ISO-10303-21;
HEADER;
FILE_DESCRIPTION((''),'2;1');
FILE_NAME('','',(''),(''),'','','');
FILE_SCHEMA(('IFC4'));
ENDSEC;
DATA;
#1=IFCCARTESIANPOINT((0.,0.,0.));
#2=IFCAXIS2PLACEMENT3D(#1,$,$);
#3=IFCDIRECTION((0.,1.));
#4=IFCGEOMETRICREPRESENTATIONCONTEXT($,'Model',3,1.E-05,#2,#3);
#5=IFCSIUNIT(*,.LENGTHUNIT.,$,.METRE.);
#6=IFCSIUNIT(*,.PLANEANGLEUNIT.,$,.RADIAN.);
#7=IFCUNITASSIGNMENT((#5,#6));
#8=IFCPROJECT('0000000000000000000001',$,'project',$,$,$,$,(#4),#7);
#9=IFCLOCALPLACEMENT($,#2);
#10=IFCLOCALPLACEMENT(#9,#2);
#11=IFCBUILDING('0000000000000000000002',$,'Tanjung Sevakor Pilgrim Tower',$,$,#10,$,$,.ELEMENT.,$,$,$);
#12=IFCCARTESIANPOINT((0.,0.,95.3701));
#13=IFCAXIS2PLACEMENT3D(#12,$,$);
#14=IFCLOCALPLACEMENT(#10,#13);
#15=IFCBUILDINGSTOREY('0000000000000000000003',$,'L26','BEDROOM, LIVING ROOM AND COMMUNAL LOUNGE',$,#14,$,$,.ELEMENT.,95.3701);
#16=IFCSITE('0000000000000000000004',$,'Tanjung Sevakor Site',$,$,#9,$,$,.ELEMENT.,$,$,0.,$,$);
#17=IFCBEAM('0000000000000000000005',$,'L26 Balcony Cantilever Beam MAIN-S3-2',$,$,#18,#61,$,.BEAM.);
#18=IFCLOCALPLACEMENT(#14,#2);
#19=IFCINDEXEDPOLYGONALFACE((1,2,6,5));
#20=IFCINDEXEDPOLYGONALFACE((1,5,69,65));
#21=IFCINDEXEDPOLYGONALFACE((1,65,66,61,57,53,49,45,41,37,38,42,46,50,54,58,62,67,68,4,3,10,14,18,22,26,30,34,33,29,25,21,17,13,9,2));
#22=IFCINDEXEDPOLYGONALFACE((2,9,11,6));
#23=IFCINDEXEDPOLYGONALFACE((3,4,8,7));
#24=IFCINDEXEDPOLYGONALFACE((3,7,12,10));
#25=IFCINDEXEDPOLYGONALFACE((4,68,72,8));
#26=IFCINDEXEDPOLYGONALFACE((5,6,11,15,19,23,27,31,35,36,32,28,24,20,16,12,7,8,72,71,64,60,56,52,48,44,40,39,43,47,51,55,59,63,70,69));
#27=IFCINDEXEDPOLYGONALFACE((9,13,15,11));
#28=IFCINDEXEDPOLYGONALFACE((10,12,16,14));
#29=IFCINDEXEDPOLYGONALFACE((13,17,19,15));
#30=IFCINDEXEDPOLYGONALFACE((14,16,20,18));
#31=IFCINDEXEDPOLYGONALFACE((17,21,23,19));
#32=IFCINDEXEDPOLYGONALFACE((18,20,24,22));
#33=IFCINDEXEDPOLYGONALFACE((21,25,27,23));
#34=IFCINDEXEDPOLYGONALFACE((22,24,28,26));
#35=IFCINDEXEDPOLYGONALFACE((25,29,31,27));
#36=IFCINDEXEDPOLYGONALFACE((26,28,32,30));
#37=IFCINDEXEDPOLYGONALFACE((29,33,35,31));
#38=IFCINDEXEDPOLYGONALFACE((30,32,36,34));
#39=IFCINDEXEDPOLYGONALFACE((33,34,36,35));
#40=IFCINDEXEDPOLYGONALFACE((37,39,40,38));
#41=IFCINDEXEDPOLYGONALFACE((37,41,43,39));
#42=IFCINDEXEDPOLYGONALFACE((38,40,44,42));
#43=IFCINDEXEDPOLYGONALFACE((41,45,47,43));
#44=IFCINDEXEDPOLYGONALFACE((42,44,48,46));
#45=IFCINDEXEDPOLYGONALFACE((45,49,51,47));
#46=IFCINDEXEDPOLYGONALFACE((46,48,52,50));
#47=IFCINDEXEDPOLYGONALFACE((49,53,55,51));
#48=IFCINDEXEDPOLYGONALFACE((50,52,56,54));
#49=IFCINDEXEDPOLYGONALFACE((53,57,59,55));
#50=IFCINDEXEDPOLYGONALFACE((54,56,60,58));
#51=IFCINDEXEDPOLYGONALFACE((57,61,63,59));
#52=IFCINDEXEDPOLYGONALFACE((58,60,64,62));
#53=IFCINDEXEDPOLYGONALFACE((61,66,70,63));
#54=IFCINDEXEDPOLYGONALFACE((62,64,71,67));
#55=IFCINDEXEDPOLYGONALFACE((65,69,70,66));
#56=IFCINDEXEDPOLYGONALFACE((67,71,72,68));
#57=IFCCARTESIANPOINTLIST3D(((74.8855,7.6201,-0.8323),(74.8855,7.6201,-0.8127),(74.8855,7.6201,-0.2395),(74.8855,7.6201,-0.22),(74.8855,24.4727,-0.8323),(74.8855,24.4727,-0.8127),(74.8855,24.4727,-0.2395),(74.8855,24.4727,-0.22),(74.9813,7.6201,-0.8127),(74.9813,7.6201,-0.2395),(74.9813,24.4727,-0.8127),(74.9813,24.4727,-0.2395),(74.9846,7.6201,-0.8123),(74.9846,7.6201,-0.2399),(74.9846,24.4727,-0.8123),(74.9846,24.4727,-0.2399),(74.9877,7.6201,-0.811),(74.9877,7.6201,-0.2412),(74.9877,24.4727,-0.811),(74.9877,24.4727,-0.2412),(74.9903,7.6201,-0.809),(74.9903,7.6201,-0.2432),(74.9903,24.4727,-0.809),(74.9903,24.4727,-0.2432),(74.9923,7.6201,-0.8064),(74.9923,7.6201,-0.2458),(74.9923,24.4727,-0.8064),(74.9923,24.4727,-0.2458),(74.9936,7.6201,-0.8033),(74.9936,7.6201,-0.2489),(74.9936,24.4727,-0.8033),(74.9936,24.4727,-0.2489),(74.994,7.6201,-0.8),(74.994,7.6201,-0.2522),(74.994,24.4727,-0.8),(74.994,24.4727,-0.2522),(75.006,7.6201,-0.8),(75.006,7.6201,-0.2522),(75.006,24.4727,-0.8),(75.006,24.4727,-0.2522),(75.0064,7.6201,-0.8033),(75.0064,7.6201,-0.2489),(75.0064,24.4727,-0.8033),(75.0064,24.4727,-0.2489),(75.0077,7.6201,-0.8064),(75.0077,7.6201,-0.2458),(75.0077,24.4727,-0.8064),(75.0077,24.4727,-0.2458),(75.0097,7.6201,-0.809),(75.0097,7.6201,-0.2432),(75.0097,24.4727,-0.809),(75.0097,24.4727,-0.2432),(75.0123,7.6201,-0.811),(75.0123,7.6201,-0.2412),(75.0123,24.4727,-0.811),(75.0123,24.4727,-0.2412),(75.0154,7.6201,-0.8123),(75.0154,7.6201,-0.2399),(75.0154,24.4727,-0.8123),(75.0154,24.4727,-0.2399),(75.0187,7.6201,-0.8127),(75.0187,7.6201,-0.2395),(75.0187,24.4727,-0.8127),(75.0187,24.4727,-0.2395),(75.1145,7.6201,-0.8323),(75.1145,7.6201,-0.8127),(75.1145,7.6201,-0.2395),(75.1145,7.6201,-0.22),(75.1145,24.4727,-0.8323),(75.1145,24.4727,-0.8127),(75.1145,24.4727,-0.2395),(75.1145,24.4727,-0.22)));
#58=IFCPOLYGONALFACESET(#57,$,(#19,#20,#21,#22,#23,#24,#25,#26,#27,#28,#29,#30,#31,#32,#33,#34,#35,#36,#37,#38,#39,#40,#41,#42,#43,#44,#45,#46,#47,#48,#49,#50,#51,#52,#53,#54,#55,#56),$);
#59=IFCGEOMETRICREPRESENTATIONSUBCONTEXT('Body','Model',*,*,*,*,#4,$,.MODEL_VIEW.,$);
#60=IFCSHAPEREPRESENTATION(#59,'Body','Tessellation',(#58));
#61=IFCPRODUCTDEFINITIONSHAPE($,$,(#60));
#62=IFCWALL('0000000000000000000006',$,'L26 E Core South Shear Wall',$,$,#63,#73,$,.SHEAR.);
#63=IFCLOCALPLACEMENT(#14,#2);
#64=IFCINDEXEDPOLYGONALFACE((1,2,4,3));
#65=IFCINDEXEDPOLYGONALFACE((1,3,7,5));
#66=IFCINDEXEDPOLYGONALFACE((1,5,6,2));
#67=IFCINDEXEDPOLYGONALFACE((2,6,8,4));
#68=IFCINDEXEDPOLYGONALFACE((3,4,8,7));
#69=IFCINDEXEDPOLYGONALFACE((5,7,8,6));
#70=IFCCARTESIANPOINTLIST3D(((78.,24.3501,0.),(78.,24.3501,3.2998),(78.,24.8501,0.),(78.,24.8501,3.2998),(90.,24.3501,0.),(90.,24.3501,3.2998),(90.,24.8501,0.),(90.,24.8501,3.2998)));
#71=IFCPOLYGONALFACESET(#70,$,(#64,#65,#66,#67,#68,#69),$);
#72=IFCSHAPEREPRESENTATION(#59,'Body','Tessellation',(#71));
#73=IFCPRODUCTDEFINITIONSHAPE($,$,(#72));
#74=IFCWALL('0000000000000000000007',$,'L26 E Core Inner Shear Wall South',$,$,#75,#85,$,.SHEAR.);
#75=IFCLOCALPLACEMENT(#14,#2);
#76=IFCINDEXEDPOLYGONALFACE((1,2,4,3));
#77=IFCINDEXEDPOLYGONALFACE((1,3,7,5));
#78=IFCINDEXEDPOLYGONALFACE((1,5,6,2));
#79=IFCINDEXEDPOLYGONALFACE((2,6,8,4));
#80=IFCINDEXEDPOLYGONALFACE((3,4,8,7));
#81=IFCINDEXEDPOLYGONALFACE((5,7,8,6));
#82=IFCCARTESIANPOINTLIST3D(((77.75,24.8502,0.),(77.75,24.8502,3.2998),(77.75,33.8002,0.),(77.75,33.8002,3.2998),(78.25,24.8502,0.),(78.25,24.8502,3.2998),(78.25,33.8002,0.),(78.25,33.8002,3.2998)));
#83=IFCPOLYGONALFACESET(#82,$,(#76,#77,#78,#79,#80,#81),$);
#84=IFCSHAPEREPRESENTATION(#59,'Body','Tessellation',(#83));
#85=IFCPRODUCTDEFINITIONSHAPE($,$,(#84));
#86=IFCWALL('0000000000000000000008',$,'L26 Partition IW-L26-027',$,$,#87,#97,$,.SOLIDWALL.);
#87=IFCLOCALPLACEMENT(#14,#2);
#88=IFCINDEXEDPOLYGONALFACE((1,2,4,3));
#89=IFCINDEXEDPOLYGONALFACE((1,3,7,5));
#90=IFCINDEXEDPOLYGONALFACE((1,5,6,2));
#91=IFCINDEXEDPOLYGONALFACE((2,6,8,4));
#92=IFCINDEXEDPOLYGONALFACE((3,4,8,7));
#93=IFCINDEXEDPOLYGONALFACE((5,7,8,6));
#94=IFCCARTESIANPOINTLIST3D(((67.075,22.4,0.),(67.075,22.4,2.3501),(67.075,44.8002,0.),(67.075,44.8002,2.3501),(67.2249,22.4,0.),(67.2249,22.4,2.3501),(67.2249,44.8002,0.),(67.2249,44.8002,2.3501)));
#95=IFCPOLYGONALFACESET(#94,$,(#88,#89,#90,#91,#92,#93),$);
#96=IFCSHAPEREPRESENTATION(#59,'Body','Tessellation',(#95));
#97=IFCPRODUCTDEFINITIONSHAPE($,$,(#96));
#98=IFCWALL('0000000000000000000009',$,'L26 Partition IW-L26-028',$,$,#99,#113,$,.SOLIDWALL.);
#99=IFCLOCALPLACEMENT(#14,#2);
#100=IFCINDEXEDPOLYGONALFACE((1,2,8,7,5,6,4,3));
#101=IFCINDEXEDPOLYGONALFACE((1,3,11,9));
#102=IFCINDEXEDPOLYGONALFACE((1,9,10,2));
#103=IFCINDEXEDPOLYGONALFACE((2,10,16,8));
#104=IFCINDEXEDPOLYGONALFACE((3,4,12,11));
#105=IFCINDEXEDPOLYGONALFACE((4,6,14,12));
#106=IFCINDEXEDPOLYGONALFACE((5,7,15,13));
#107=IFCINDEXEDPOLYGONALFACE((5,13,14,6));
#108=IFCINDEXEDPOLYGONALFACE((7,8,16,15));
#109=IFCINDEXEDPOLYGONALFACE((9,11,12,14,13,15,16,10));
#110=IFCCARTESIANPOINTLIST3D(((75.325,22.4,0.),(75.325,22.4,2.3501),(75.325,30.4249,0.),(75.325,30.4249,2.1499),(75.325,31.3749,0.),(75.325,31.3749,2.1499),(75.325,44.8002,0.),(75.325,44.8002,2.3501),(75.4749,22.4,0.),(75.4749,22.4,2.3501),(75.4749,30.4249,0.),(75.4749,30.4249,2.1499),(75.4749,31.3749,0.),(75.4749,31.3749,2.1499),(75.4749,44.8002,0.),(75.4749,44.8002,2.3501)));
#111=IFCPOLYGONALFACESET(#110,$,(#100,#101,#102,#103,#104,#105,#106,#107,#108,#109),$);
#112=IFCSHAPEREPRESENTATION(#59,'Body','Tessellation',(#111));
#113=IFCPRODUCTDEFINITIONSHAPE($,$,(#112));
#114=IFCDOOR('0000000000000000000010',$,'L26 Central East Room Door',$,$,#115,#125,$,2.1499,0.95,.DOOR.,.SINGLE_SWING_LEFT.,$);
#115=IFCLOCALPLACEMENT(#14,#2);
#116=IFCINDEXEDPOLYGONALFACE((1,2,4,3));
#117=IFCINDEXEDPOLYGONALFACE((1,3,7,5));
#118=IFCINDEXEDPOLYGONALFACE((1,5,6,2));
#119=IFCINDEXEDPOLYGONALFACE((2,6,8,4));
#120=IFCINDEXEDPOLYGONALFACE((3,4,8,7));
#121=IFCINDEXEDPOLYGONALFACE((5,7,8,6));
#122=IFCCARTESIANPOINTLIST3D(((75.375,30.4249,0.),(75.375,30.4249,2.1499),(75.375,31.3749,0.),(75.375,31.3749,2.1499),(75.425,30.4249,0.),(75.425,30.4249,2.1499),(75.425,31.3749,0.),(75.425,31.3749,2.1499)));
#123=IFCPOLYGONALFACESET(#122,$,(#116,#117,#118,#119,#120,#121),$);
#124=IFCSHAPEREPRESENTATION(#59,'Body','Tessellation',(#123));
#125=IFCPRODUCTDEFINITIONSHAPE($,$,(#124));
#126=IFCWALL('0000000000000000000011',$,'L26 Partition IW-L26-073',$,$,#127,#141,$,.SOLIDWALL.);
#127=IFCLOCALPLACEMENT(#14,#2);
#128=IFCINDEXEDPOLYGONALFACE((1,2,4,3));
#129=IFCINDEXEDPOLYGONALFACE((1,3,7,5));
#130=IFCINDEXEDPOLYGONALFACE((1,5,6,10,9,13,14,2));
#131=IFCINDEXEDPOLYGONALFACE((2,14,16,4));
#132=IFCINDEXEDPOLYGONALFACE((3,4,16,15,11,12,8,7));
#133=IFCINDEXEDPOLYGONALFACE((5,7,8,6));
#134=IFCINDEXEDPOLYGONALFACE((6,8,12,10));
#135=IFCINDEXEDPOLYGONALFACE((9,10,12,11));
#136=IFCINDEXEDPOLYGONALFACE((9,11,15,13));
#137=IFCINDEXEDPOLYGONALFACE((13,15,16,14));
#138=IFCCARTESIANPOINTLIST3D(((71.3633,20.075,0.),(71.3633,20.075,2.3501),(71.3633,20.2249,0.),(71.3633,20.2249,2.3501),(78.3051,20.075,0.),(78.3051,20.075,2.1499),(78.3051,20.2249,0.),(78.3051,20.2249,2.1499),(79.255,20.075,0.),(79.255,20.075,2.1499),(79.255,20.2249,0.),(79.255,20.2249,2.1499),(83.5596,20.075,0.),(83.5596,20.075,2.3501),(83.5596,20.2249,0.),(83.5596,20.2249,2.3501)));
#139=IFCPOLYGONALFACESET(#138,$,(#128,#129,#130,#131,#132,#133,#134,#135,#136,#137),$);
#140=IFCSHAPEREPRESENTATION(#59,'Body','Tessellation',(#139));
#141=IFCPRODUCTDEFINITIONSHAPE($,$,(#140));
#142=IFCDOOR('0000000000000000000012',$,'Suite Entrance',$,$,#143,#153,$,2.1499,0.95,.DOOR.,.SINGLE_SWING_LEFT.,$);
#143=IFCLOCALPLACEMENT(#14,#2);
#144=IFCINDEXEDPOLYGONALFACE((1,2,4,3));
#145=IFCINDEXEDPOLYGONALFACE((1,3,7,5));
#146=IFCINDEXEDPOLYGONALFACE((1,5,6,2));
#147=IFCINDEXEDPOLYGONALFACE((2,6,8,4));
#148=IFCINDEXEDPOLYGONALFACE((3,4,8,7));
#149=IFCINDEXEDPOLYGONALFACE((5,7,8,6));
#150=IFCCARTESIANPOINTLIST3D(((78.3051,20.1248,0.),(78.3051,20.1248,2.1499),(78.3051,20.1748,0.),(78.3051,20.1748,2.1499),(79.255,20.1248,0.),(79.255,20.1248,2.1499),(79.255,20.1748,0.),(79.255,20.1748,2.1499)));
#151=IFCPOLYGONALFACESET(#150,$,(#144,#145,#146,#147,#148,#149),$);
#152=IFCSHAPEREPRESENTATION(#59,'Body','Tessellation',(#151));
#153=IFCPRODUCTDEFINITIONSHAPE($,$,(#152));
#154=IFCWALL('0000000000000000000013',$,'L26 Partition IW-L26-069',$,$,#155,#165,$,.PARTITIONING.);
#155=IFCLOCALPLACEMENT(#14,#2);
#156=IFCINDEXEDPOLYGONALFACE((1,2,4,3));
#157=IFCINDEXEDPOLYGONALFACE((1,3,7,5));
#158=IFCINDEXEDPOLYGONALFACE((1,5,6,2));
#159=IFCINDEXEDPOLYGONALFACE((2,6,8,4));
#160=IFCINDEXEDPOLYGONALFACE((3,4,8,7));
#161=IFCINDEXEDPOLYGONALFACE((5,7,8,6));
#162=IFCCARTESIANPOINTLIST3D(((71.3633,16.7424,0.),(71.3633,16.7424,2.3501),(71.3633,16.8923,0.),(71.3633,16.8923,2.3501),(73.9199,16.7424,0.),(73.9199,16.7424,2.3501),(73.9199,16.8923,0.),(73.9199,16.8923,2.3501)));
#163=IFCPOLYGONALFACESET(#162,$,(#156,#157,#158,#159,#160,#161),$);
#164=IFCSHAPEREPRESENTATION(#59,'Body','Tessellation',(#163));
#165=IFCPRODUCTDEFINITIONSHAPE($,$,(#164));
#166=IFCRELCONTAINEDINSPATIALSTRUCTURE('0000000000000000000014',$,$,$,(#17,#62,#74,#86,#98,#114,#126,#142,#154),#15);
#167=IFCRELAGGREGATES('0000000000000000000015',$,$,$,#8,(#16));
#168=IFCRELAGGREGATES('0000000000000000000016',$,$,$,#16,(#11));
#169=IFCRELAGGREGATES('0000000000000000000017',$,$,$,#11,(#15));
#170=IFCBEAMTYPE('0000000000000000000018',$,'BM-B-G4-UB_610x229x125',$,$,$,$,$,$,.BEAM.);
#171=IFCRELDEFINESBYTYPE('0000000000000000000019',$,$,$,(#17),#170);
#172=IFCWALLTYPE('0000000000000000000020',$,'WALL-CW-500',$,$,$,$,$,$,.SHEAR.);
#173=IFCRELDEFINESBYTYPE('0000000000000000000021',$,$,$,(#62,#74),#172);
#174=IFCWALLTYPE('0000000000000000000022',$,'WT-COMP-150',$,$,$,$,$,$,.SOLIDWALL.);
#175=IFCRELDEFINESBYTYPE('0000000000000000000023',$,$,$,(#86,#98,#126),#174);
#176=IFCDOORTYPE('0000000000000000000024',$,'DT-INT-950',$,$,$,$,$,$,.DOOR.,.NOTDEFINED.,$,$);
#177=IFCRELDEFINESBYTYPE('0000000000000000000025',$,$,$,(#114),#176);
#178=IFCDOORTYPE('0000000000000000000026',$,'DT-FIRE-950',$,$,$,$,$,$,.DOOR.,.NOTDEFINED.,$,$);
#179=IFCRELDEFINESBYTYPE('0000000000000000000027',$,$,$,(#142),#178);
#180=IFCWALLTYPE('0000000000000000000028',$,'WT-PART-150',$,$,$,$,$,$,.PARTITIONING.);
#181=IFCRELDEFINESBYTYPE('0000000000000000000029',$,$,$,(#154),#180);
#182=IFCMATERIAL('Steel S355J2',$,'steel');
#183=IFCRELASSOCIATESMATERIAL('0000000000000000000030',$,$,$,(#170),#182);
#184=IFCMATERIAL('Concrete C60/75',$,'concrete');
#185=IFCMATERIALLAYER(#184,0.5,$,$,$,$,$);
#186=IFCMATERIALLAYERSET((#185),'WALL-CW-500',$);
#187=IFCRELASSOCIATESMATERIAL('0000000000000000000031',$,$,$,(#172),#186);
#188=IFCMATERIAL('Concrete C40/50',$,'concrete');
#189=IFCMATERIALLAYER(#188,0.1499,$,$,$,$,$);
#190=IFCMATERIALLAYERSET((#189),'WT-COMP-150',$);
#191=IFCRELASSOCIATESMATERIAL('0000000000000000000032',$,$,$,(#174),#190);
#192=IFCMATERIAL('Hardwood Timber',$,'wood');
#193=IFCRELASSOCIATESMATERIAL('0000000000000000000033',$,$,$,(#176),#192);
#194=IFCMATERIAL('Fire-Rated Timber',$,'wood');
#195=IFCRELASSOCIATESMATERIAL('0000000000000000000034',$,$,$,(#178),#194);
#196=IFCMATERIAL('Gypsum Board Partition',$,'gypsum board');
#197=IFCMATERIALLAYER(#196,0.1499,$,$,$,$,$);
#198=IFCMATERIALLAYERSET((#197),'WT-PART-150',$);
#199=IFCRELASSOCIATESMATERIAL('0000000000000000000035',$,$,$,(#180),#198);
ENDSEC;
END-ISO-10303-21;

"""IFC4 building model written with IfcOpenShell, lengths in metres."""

from ifc_helpers import new_model, si_unit, direction, frame, frame_2d, origin, origin_2d, place, context, subcontext, project, spatial, rectangle, i_section, extrude, material, layer, layer_set, material_profile, profile_set, type_object, element, fill, save


model = new_model("IFC4")

# Units and contexts
model_context = context("Model", 3, precision=1e-05, world=origin(), true_north=direction((0.0, 1.0)))
body_context = subcontext(model_context, "Body", "Model", "MODEL_VIEW")
ifc_project = project(units=[si_unit("LENGTHUNIT", "METRE"), si_unit("PLANEANGLEUNIT", "RADIAN")], contexts=[model_context])

# Site, building, storey
site_placement = place(None, origin())
site = spatial("IfcSite", under=ifc_project, at=site_placement, Name="Tanjung Sevakor Site", CompositionType="ELEMENT", RefElevation=0.0)
building_placement = place(site_placement, origin())
building = spatial("IfcBuilding", under=site, at=building_placement, Name="Tanjung Sevakor Pilgrim Tower", CompositionType="ELEMENT")
storey_placement = place(building_placement, frame((0.0, 0.0, 95.3701)))
storey = spatial("IfcBuildingStorey", under=building, at=storey_placement, Name="L26", Description="BEDROOM, LIVING ROOM AND COMMUNAL LOUNGE", CompositionType="ELEMENT", Elevation=95.3701)

# Beam
ifc_material_1 = material(Name="Steel S355J2", Category="steel")
ifc_material_profile_1 = material_profile(ifc_material_1, i_section(OverallWidth=0.229, OverallDepth=0.6123, WebThickness=0.012, FlangeThickness=0.0195, FilletRadius=0.0127, at=origin_2d()))
ifc_profile_set_1 = profile_set([ifc_material_profile_1], Name="Steel S355J2")
beam_type_1 = type_object("IfcBeamType", Name="BM-B-G4-UB_610x229x125", PredefinedType="BEAM", material=ifc_profile_set_1)
beam_1_placement = place(storey_placement, frame((75.0, 24.4727, -0.5261), z_axis=(0.0, -1.0, 0.0), x_axis=(1.0, 0.0, 0.0)))
element("IfcBeam", 1, at=beam_1_placement, inside=storey, type_object=beam_type_1, Name="L26 Balcony Cantilever Beam MAIN-S3-2", PredefinedType="BEAM", context=body_context, shape_type="SweptSolid", body=[
    extrude(i_section(OverallWidth=0.229, OverallDepth=0.6123, WebThickness=0.012, FlangeThickness=0.0195, FilletRadius=0.0127, at=origin_2d()), origin(), (0.0, 0.0, 1.0), 16.8525),
])

# Walls
ifc_material_2 = material(Name="Concrete C60/75", Category="concrete")
ifc_layer_1 = layer(ifc_material_2, 0.5)
ifc_layer_set_1 = layer_set([ifc_layer_1], Name="WALL-CW-500")
wall_type_1 = type_object("IfcWallType", Name="WALL-CW-500", PredefinedType="SHEAR", material=ifc_layer_set_1)
wall_1_placement = place(storey_placement, frame((78.0, 24.6001, 0.0), z_axis=(0.0, 0.0, 1.0), x_axis=(1.0, 0.0, 0.0)))
element("IfcWall", 2, at=wall_1_placement, inside=storey, type_object=wall_type_1, Name="L26 E Core South Shear Wall", PredefinedType="SHEAR", context=body_context, shape_type="SweptSolid", body=[
    extrude(rectangle(XDim=12.0, YDim=0.5, at=frame_2d((6.0, 0.0))), origin(), (0.0, 0.0, 1.0), 3.2998),
])
wall_2_placement = place(storey_placement, frame((78.0, 24.8501, 0.0), z_axis=(0.0, 0.0, 1.0), x_axis=(0.0, 1.0, 0.0)))
element("IfcWall", 3, at=wall_2_placement, inside=storey, type_object=wall_type_1, Name="L26 E Core Inner Shear Wall South", PredefinedType="SHEAR", context=body_context, shape_type="SweptSolid", body=[
    extrude(rectangle(XDim=8.95, YDim=0.5, at=frame_2d((4.4751, 0.0))), origin(), (0.0, 0.0, 1.0), 3.2998),
])
ifc_material_3 = material(Name="Concrete C40/50", Category="concrete")
ifc_layer_2 = layer(ifc_material_3, 0.1499)
ifc_layer_set_2 = layer_set([ifc_layer_2], Name="WT-COMP-150")
wall_type_2 = type_object("IfcWallType", Name="WT-COMP-150", PredefinedType="SOLIDWALL", material=ifc_layer_set_2)
wall_3_placement = place(storey_placement, frame((67.1499, 22.3999, 0.0), z_axis=(0.0, 0.0, 1.0), x_axis=(0.0, 1.0, 0.0)))
element("IfcWall", 4, at=wall_3_placement, inside=storey, type_object=wall_type_2, Name="L26 Partition IW-L26-027", PredefinedType="SOLIDWALL", context=body_context, shape_type="SweptSolid", body=[
    extrude(rectangle(XDim=22.4001, YDim=0.1499, at=frame_2d((11.2002, 0.0))), origin(), (0.0, 0.0, 1.0), 2.3501),
])

# Walls, openings, doors
wall_4_placement = place(storey_placement, frame((75.3999, 22.3999, 0.0), z_axis=(0.0, 0.0, 1.0), x_axis=(0.0, 1.0, 0.0)))
wall_4 = element("IfcWall", 5, at=wall_4_placement, inside=storey, type_object=wall_type_2, Name="L26 Partition IW-L26-028", PredefinedType="SOLIDWALL", context=body_context, shape_type="SweptSolid", body=[
    extrude(rectangle(XDim=22.4001, YDim=0.1499, at=frame_2d((11.2002, 0.0))), origin(), (0.0, 0.0, 1.0), 2.3501),
])
opening_1_placement = place(wall_4_placement, frame((8.0249, 0.0, 0.0)))
opening_1 = element("IfcOpeningElement", 6, at=opening_1_placement, cuts=wall_4, PredefinedType="OPENING", context=body_context, shape_type="SweptSolid", body=[
    extrude(rectangle(XDim=0.95, YDim=2.1499, at=frame_2d((0.4751, 1.075))), frame((0.0, 0.085, 0.0), z_axis=(0.0, -1.0, 0.0), x_axis=(1.0, 0.0, 0.0)), (0.0, 0.0, 1.0), 0.1699),
])
ifc_material_4 = material(Name="Hardwood Timber", Category="wood")
door_type_1 = type_object("IfcDoorType", Name="DT-INT-950", OperationType="NOTDEFINED", PredefinedType="DOOR", material=ifc_material_4)
door_1_placement = place(opening_1_placement, origin())
door_1 = element("IfcDoor", 7, at=door_1_placement, inside=storey, type_object=door_type_1, Name="L26 Central East Room Door", OperationType="SINGLE_SWING_LEFT", OverallHeight=2.1499, OverallWidth=0.95, PredefinedType="DOOR", context=body_context, shape_type="SweptSolid", body=[
    extrude(rectangle(XDim=0.95, YDim=2.1499, at=frame_2d((0.4751, 1.075))), frame((0.0, 0.0249, 0.0), z_axis=(0.0, -1.0, 0.0), x_axis=(1.0, 0.0, 0.0)), (0.0, 0.0, 1.0), 0.05),
])
fill(opening_1, door_1)
wall_5_placement = place(storey_placement, frame((71.3633, 20.1499, 0.0), z_axis=(0.0, 0.0, 1.0), x_axis=(1.0, 0.0, 0.0)))
wall_5 = element("IfcWall", 8, at=wall_5_placement, inside=storey, type_object=wall_type_2, Name="L26 Partition IW-L26-073", PredefinedType="SOLIDWALL", context=body_context, shape_type="SweptSolid", body=[
    extrude(rectangle(XDim=12.1963, YDim=0.1499, at=frame_2d((6.0981, 0.0))), origin(), (0.0, 0.0, 1.0), 2.3501),
])
opening_2_placement = place(wall_5_placement, frame((6.9417, 0.0, 0.0)))
opening_2 = element("IfcOpeningElement", 9, at=opening_2_placement, cuts=wall_5, PredefinedType="OPENING", context=body_context, shape_type="SweptSolid", body=[
    extrude(rectangle(XDim=0.95, YDim=2.1499, at=frame_2d((0.4751, 1.075))), frame((0.0, 0.085, 0.0), z_axis=(0.0, -1.0, 0.0), x_axis=(1.0, 0.0, 0.0)), (0.0, 0.0, 1.0), 0.1699),
])
ifc_material_5 = material(Name="Fire-Rated Timber", Category="wood")
door_type_2 = type_object("IfcDoorType", Name="DT-FIRE-950", OperationType="NOTDEFINED", PredefinedType="DOOR", material=ifc_material_5)
door_2_placement = place(opening_2_placement, origin())
door_2 = element("IfcDoor", 10, at=door_2_placement, inside=storey, type_object=door_type_2, Name="Suite Entrance", OperationType="SINGLE_SWING_LEFT", OverallHeight=2.1499, OverallWidth=0.95, PredefinedType="DOOR", context=body_context, shape_type="SweptSolid", body=[
    extrude(rectangle(XDim=0.95, YDim=2.1499, at=frame_2d((0.4751, 1.075))), frame((0.0, 0.0249, 0.0), z_axis=(0.0, -1.0, 0.0), x_axis=(1.0, 0.0, 0.0)), (0.0, 0.0, 1.0), 0.05),
])
fill(opening_2, door_2)

# Wall
ifc_material_6 = material(Name="Gypsum Board Partition", Category="gypsum board")
ifc_layer_3 = layer(ifc_material_6, 0.1499)
ifc_layer_set_3 = layer_set([ifc_layer_3], Name="WT-PART-150")
wall_type_3 = type_object("IfcWallType", Name="WT-PART-150", PredefinedType="PARTITIONING", material=ifc_layer_set_3)
wall_6_placement = place(storey_placement, frame((71.3633, 16.8174, 0.0), z_axis=(0.0, 0.0, 1.0), x_axis=(1.0, 0.0, 0.0)))
element("IfcWall", 11, at=wall_6_placement, inside=storey, type_object=wall_type_3, Name="L26 Partition IW-L26-069", PredefinedType="PARTITIONING", context=body_context, shape_type="SweptSolid", body=[
    extrude(rectangle(XDim=2.5566, YDim=0.1499, at=frame_2d((1.2783, 0.0))), origin(), (0.0, 0.0, 1.0), 2.3501),
])

save(model, "model.ifc")
